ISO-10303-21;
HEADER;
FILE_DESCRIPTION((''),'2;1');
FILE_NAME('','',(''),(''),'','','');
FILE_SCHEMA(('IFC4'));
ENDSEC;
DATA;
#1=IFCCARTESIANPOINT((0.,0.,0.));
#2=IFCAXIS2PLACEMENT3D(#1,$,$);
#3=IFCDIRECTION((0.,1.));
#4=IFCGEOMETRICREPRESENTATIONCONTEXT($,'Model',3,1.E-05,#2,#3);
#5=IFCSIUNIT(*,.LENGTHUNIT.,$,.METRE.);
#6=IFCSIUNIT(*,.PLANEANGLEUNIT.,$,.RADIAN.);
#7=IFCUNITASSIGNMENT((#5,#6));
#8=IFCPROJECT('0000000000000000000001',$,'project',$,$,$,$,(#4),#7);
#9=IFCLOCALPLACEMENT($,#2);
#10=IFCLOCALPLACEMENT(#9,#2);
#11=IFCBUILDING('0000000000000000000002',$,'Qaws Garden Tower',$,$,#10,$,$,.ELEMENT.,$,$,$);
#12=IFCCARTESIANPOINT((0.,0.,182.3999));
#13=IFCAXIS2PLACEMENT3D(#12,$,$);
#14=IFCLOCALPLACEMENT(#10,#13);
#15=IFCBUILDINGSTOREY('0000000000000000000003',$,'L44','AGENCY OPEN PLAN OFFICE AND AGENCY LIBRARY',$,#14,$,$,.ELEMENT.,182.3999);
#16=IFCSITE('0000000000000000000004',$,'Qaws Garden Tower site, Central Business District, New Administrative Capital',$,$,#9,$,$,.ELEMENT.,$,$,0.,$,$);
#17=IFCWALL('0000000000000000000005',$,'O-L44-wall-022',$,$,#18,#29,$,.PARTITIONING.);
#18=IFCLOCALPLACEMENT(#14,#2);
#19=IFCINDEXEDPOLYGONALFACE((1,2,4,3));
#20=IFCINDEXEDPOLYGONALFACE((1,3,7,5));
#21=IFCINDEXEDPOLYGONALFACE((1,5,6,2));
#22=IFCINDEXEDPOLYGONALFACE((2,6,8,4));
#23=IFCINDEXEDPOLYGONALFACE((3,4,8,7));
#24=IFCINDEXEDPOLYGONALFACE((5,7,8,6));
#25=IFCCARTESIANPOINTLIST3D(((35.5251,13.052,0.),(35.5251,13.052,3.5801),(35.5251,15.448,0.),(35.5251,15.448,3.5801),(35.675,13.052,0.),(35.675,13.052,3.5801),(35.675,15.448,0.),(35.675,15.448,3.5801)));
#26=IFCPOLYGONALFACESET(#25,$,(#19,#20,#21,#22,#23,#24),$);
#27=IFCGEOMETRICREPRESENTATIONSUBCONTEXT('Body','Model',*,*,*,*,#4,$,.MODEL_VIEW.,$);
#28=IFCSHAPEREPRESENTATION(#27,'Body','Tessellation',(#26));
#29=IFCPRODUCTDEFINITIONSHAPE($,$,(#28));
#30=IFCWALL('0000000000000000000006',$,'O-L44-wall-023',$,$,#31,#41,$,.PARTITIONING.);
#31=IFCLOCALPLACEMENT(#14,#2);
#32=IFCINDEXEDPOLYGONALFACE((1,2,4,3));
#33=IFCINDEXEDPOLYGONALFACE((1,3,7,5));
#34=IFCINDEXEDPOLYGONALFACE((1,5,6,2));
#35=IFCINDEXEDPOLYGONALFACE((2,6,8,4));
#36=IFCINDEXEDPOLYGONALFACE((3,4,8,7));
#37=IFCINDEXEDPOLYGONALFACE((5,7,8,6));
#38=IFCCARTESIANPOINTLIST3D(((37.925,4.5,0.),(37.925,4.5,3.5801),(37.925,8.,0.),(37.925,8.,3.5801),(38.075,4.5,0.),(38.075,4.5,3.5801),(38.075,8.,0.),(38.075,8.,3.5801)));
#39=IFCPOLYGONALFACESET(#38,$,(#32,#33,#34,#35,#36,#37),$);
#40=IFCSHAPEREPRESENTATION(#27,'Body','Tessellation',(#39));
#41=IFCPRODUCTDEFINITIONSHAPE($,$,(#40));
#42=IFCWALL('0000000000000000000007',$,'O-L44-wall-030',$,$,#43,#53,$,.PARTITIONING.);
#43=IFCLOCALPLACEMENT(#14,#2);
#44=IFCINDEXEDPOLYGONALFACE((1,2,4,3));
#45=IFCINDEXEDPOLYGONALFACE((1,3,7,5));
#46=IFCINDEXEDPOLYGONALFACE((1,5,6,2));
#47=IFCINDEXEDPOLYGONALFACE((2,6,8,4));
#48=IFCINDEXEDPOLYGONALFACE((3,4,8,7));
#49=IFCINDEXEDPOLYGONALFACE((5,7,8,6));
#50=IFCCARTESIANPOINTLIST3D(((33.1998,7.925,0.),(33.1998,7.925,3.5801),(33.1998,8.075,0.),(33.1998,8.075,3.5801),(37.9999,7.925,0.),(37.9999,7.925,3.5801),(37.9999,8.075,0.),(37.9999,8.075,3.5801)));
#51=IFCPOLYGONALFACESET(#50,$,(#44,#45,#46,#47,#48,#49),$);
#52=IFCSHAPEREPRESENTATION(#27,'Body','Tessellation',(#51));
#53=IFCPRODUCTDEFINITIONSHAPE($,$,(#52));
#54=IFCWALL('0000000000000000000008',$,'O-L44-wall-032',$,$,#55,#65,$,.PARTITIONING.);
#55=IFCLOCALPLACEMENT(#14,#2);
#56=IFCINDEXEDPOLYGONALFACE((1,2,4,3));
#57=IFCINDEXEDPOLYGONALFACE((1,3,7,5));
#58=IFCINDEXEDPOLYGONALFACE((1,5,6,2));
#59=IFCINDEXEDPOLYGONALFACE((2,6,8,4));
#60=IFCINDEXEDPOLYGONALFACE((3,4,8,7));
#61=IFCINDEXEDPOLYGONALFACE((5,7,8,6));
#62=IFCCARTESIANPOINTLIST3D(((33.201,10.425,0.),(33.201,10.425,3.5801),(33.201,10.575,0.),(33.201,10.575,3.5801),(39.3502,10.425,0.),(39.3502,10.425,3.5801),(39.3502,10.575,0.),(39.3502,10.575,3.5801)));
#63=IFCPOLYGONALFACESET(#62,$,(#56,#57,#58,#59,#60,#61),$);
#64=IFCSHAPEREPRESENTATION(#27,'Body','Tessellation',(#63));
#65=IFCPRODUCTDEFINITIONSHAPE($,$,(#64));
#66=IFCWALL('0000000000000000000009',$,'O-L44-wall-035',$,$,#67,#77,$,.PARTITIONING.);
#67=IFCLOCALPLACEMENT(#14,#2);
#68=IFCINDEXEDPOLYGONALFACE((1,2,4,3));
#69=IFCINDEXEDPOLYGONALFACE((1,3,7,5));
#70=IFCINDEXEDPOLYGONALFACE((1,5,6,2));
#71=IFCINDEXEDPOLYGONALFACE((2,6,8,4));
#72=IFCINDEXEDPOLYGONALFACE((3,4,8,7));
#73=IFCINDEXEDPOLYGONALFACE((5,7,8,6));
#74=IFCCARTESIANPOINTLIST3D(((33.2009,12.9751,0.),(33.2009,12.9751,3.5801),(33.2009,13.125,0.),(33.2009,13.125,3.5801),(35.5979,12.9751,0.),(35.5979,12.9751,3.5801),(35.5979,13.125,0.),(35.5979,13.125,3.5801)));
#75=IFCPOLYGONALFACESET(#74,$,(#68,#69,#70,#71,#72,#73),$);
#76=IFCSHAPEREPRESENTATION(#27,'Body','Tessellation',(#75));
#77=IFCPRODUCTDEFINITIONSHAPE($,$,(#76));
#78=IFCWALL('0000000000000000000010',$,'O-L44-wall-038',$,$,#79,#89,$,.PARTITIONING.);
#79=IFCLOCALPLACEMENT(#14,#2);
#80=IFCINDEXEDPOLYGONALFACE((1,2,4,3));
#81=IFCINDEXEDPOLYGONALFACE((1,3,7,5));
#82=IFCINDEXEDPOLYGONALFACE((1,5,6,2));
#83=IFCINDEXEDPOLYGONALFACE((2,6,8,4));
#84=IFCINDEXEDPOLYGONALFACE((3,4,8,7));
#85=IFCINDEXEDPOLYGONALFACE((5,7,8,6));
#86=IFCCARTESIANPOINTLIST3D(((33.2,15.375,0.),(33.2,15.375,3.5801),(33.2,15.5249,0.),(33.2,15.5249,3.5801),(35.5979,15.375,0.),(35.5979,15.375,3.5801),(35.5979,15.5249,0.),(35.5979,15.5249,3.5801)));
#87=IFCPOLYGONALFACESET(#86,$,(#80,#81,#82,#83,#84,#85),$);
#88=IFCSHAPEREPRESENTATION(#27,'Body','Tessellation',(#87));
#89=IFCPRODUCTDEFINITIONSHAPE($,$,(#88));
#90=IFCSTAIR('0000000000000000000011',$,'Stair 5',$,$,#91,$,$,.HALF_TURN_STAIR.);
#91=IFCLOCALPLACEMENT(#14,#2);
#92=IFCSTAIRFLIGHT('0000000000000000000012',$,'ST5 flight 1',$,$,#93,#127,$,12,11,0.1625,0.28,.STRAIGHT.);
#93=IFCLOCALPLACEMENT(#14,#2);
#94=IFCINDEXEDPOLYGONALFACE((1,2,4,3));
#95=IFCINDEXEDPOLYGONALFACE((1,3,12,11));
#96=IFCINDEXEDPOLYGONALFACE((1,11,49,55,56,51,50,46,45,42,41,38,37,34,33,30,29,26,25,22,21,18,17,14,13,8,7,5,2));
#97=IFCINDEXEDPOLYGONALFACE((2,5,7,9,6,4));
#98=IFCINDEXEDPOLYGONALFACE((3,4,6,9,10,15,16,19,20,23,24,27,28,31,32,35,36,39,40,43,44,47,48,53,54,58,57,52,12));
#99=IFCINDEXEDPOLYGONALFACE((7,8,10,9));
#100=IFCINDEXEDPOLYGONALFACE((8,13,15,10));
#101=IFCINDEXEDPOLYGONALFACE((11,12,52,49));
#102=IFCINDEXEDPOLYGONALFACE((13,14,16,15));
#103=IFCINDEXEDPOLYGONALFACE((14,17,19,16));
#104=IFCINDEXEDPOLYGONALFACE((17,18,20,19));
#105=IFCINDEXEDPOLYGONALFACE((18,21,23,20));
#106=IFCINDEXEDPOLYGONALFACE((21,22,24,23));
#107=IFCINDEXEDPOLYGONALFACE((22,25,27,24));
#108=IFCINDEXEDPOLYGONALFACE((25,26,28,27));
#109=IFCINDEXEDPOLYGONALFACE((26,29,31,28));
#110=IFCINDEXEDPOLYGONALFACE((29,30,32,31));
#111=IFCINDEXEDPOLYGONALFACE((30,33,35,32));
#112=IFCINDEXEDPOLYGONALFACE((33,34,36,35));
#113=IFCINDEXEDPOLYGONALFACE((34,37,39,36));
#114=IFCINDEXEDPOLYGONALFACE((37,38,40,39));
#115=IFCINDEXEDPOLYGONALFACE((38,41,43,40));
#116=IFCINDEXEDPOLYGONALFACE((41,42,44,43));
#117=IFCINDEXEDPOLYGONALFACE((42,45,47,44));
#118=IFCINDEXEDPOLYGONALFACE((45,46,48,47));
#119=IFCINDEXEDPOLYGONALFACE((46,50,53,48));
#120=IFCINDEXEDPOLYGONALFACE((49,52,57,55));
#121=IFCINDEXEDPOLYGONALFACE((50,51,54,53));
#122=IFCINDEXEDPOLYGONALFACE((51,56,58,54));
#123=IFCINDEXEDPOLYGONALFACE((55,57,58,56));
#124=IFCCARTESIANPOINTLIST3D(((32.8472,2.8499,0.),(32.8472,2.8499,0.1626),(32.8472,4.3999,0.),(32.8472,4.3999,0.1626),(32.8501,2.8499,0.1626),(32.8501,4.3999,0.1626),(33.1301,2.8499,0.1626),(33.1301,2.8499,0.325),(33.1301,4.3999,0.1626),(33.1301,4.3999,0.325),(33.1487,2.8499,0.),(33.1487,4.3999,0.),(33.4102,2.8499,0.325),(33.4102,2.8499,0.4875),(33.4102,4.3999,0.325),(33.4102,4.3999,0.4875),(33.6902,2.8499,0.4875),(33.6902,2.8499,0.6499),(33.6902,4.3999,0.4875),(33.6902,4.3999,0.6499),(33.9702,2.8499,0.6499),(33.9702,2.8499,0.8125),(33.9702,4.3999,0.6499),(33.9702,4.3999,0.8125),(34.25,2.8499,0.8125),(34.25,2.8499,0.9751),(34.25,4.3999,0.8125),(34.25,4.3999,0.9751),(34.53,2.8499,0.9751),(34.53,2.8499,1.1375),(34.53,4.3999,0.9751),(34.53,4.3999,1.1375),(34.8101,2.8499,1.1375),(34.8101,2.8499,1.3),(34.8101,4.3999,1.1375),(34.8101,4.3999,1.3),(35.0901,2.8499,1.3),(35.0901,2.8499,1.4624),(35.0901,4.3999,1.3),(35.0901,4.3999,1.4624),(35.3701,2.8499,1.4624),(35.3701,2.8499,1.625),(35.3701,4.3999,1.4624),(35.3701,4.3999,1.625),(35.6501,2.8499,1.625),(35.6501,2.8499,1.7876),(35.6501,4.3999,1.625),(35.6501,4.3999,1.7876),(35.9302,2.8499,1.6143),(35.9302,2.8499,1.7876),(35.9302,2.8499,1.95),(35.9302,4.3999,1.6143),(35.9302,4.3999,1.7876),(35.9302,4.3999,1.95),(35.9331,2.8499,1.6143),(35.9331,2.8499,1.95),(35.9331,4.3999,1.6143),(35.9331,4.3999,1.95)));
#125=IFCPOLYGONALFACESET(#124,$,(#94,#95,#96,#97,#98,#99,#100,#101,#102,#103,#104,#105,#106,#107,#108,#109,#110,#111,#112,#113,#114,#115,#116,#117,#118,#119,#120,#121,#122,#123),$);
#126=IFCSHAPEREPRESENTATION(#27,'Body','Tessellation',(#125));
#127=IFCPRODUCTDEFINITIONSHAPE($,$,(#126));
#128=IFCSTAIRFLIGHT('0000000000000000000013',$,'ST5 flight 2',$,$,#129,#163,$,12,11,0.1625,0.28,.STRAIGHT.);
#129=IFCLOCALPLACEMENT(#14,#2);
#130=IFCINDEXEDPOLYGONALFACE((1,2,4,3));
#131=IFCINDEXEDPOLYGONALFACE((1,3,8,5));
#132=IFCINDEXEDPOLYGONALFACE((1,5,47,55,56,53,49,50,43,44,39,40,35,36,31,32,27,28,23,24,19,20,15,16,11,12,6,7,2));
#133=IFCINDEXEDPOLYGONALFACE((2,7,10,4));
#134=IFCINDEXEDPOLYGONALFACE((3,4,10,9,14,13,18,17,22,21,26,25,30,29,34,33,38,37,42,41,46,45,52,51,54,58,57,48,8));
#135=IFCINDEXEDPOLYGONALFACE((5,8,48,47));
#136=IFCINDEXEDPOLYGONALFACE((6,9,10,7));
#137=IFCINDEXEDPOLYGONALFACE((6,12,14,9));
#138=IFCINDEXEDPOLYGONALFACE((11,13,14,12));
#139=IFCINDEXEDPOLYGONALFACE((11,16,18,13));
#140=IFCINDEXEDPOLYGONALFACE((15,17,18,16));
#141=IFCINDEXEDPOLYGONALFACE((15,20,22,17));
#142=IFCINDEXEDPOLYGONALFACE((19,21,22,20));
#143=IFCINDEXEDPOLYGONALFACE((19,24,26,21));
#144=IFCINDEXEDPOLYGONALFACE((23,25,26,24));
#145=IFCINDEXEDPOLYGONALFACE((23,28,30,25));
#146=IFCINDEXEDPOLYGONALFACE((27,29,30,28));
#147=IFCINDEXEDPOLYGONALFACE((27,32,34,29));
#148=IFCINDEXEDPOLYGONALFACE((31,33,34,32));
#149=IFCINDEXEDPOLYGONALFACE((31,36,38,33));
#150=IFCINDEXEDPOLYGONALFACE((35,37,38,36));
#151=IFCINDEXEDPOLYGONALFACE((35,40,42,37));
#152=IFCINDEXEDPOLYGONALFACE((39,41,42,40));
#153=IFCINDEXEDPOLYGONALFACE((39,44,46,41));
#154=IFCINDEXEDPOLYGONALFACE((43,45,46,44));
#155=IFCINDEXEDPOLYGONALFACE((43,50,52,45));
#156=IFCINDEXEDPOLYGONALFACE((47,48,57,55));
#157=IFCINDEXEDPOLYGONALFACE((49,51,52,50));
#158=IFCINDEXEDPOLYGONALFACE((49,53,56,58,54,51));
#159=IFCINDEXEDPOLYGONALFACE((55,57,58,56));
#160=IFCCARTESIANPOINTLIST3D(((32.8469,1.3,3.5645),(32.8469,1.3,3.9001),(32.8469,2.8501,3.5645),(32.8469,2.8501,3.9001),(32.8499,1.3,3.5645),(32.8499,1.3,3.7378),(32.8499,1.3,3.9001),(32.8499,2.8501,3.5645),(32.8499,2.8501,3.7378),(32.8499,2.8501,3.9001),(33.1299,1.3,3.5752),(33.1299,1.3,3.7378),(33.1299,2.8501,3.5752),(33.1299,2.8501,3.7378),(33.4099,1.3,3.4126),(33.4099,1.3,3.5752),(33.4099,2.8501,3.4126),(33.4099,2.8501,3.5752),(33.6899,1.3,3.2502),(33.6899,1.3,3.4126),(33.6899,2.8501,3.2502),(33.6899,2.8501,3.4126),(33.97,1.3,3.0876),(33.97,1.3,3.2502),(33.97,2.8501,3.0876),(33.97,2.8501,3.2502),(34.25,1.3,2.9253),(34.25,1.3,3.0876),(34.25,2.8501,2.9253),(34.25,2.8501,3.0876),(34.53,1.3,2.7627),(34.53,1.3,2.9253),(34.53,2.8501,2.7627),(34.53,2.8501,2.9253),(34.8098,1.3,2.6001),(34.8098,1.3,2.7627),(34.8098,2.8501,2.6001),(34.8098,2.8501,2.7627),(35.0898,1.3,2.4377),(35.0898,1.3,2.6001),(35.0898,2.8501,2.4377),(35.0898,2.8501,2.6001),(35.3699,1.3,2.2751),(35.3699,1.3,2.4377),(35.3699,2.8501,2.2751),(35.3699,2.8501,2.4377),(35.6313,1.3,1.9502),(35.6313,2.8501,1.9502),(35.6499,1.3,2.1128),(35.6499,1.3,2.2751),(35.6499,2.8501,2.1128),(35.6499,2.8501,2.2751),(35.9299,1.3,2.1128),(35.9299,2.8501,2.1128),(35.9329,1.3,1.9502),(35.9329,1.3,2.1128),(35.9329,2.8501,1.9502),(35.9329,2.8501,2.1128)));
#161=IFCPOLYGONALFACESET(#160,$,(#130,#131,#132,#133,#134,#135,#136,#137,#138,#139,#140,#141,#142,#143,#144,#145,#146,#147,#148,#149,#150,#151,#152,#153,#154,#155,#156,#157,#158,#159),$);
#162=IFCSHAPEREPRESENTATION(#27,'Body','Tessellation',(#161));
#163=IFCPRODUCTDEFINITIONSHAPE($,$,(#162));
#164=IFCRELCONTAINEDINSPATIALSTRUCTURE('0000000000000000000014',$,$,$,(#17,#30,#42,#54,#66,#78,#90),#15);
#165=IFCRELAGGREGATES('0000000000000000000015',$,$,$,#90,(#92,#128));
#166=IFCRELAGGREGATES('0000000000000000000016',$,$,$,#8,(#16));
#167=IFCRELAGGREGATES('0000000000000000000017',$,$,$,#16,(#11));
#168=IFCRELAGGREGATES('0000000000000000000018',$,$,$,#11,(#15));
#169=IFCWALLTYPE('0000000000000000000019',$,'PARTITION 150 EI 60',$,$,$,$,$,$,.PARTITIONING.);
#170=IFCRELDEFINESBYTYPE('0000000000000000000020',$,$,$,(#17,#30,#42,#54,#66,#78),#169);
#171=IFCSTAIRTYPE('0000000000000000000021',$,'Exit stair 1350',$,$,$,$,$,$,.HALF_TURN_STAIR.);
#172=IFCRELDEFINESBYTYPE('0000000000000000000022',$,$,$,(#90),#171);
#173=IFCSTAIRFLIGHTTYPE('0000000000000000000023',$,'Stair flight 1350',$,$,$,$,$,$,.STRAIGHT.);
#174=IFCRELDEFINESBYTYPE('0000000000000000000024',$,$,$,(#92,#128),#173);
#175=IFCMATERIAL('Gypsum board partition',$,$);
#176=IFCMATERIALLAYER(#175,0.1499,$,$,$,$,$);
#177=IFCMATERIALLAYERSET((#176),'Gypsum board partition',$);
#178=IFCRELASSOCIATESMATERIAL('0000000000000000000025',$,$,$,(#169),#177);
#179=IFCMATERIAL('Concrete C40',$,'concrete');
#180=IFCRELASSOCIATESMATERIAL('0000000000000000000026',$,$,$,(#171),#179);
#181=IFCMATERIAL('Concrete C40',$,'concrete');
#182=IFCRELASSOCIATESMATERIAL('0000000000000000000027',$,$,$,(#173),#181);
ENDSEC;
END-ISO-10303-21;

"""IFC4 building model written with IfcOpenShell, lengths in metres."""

from ifc_helpers import new_model, si_unit, direction, frame, frame_2d, origin, place, context, subcontext, project, spatial, polyline, rectangle, outline, extrude, material, layer, layer_set, type_object, element, aggregate, save


model = new_model("IFC4")

# Units and contexts
model_context = context("Model", 3, precision=1e-05, world=origin(), true_north=direction((0.0, 1.0)))
body_context = subcontext(model_context, "Body", "Model", "MODEL_VIEW")
ifc_project = project(units=[si_unit("LENGTHUNIT", "METRE"), si_unit("PLANEANGLEUNIT", "RADIAN")], contexts=[model_context])

# Site, building, storey
site_placement = place(None, origin())
site = spatial("IfcSite", under=ifc_project, at=site_placement, Name="Qaws Garden Tower site, Central Business District, New Administrative Capital", CompositionType="ELEMENT", RefElevation=0.0)
building_placement = place(site_placement, origin())
building = spatial("IfcBuilding", under=site, at=building_placement, Name="Qaws Garden Tower", CompositionType="ELEMENT")
storey_placement = place(building_placement, frame((0.0, 0.0, 182.3999)))
storey = spatial("IfcBuildingStorey", under=building, at=storey_placement, Name="L44", Description="AGENCY OPEN PLAN OFFICE AND AGENCY LIBRARY", CompositionType="ELEMENT", Elevation=182.3999)

# Shared definitions
ifc_material_1 = material(Name="Gypsum board partition")
ifc_layer_1 = layer(ifc_material_1, 0.1499)
ifc_layer_set_1 = layer_set([ifc_layer_1], Name="Gypsum board partition")
wall_type_1 = type_object("IfcWallType", Name="PARTITION 150 EI 60", PredefinedType="PARTITIONING", material=ifc_layer_set_1)

# Walls
wall_1_placement = place(storey_placement, frame((35.6001, 13.052, 0.0), z_axis=(0.0, 0.0, 1.0), x_axis=(0.0, 1.0, 0.0)))
element("IfcWall", 1, at=wall_1_placement, inside=storey, type_object=wall_type_1, Name="O-L44-wall-022", PredefinedType="PARTITIONING", context=body_context, shape_type="SweptSolid", body=[
    extrude(rectangle(XDim=2.396, YDim=0.1499, at=frame_2d((1.198, 0.0))), origin(), (0.0, 0.0, 1.0), 3.5801),
])
wall_2_placement = place(storey_placement, frame((38.0, 4.5, 0.0), z_axis=(0.0, 0.0, 1.0), x_axis=(0.0, 1.0, 0.0)))
element("IfcWall", 2, at=wall_2_placement, inside=storey, type_object=wall_type_1, Name="O-L44-wall-023", PredefinedType="PARTITIONING", context=body_context, shape_type="SweptSolid", body=[
    extrude(rectangle(XDim=3.5, YDim=0.1499, at=frame_2d((1.75, 0.0))), origin(), (0.0, 0.0, 1.0), 3.5801),
])
wall_3_placement = place(storey_placement, frame((33.2, 8.0, 0.0), z_axis=(0.0, 0.0, 1.0), x_axis=(1.0, 0.0, 0.0)))
element("IfcWall", 3, at=wall_3_placement, inside=storey, type_object=wall_type_1, Name="O-L44-wall-030", PredefinedType="PARTITIONING", context=body_context, shape_type="SweptSolid", body=[
    extrude(rectangle(XDim=4.8, YDim=0.1499, at=frame_2d((2.3999, 0.0))), origin(), (0.0, 0.0, 1.0), 3.5801),
])
wall_4_placement = place(storey_placement, frame((33.2009, 10.5, 0.0), z_axis=(0.0, 0.0, 1.0), x_axis=(1.0, 0.0, 0.0)))
element("IfcWall", 4, at=wall_4_placement, inside=storey, type_object=wall_type_1, Name="O-L44-wall-032", PredefinedType="PARTITIONING", context=body_context, shape_type="SweptSolid", body=[
    extrude(rectangle(XDim=6.1492, YDim=0.1499, at=frame_2d((3.0747, 0.0))), origin(), (0.0, 0.0, 1.0), 3.5801),
])
wall_5_placement = place(storey_placement, frame((33.2009, 13.05, 0.0), z_axis=(0.0, 0.0, 1.0), x_axis=(1.0, 0.0, 0.0)))
element("IfcWall", 5, at=wall_5_placement, inside=storey, type_object=wall_type_1, Name="O-L44-wall-035", PredefinedType="PARTITIONING", context=body_context, shape_type="SweptSolid", body=[
    extrude(rectangle(XDim=2.397, YDim=0.1499, at=frame_2d((1.1985, 0.0))), origin(), (0.0, 0.0, 1.0), 3.5801),
])
wall_6_placement = place(storey_placement, frame((33.2, 15.45, 0.0), z_axis=(0.0, 0.0, 1.0), x_axis=(1.0, 0.0, 0.0)))
element("IfcWall", 6, at=wall_6_placement, inside=storey, type_object=wall_type_1, Name="O-L44-wall-038", PredefinedType="PARTITIONING", context=body_context, shape_type="SweptSolid", body=[
    extrude(rectangle(XDim=2.3979, YDim=0.1499, at=frame_2d((1.199, 0.0))), origin(), (0.0, 0.0, 1.0), 3.5801),
])

# Stair, stair flights
ifc_material_2 = material(Name="Concrete C40", Category="concrete")
stair_type = type_object("IfcStairType", Name="Exit stair 1350", PredefinedType="HALF_TURN_STAIR", material=ifc_material_2)
stair_placement = place(storey_placement, origin())
stair = element("IfcStair", 7, at=stair_placement, inside=storey, type_object=stair_type, Name="Stair 5", PredefinedType="HALF_TURN_STAIR")
ifc_material_3 = material(Name="Concrete C40", Category="concrete")
stair_flight_type = type_object("IfcStairFlightType", Name="Stair flight 1350", PredefinedType="STRAIGHT", material=ifc_material_3)
stair_flight_1_placement = place(storey_placement, frame((32.8501, 3.625, 0.0), z_axis=(0.0, 0.0, 1.0), x_axis=(1.0, 0.0, 0.0)))
stair_flight_1 = element("IfcStairFlight", 8, at=stair_flight_1_placement, type_object=stair_flight_type, Name="ST5 flight 1", NumberOfRisers=12, NumberOfTreads=11, PredefinedType="STRAIGHT", RiserHeight=0.1625, TreadLength=0.28, context=body_context, shape_type="SweptSolid", body=[
    extrude(outline(polyline([(-0.0029, 0.0), (-0.0029, 0.1626), (0.0, 0.1626), (0.28, 0.1626), (0.28, 0.325), (0.5601, 0.325), (0.5601, 0.4875), (0.8401, 0.4875), (0.8401, 0.6499), (1.1201, 0.6499), (1.1201, 0.8125), (1.3999, 0.8125), (1.3999, 0.9751), (1.6799, 0.9751), (1.6799, 1.1375), (1.96, 1.1375), (1.96, 1.3), (2.24, 1.3), (2.24, 1.4624), (2.52, 1.4624), (2.52, 1.625), (2.8, 1.625), (2.8, 1.7876), (3.0801, 1.7876), (3.0801, 1.95), (3.083, 1.95), (3.083, 1.6143), (3.0801, 1.6143), (0.2986, 0.0), (-0.0029, 0.0)])), frame((0.0, 0.7749, 0.0), z_axis=(0.0, -1.0, 0.0), x_axis=(1.0, 0.0, 0.0)), (0.0, 0.0, 1.0), 1.55),
])
stair_flight_2_placement = place(storey_placement, frame((35.9299, 2.075, 1.9502), z_axis=(0.0, 0.0, 1.0), x_axis=(-1.0, 0.0, 0.0)))
stair_flight_2 = element("IfcStairFlight", 9, at=stair_flight_2_placement, type_object=stair_flight_type, Name="ST5 flight 2", NumberOfRisers=12, NumberOfTreads=11, PredefinedType="STRAIGHT", RiserHeight=0.1625, TreadLength=0.28, context=body_context, shape_type="SweptSolid", body=[
    extrude(outline(polyline([(-0.0029, 0.0), (-0.0029, 0.1626), (0.0, 0.1626), (0.28, 0.1626), (0.28, 0.325), (0.5601, 0.325), (0.5601, 0.4875), (0.8401, 0.4875), (0.8401, 0.6499), (1.1201, 0.6499), (1.1201, 0.8125), (1.3999, 0.8125), (1.3999, 0.9751), (1.6799, 0.9751), (1.6799, 1.1375), (1.96, 1.1375), (1.96, 1.3), (2.24, 1.3), (2.24, 1.4624), (2.52, 1.4624), (2.52, 1.625), (2.8, 1.625), (2.8, 1.7876), (3.0801, 1.7876), (3.0801, 1.95), (3.083, 1.95), (3.083, 1.6143), (3.0801, 1.6143), (0.2986, 0.0), (-0.0029, 0.0)])), frame((0.0, 0.7749, 0.0), z_axis=(0.0, -1.0, 0.0), x_axis=(1.0, 0.0, 0.0)), (0.0, 0.0, 1.0), 1.55),
])
aggregate(stair, [stair_flight_1, stair_flight_2])

save(model, "model.ifc")
